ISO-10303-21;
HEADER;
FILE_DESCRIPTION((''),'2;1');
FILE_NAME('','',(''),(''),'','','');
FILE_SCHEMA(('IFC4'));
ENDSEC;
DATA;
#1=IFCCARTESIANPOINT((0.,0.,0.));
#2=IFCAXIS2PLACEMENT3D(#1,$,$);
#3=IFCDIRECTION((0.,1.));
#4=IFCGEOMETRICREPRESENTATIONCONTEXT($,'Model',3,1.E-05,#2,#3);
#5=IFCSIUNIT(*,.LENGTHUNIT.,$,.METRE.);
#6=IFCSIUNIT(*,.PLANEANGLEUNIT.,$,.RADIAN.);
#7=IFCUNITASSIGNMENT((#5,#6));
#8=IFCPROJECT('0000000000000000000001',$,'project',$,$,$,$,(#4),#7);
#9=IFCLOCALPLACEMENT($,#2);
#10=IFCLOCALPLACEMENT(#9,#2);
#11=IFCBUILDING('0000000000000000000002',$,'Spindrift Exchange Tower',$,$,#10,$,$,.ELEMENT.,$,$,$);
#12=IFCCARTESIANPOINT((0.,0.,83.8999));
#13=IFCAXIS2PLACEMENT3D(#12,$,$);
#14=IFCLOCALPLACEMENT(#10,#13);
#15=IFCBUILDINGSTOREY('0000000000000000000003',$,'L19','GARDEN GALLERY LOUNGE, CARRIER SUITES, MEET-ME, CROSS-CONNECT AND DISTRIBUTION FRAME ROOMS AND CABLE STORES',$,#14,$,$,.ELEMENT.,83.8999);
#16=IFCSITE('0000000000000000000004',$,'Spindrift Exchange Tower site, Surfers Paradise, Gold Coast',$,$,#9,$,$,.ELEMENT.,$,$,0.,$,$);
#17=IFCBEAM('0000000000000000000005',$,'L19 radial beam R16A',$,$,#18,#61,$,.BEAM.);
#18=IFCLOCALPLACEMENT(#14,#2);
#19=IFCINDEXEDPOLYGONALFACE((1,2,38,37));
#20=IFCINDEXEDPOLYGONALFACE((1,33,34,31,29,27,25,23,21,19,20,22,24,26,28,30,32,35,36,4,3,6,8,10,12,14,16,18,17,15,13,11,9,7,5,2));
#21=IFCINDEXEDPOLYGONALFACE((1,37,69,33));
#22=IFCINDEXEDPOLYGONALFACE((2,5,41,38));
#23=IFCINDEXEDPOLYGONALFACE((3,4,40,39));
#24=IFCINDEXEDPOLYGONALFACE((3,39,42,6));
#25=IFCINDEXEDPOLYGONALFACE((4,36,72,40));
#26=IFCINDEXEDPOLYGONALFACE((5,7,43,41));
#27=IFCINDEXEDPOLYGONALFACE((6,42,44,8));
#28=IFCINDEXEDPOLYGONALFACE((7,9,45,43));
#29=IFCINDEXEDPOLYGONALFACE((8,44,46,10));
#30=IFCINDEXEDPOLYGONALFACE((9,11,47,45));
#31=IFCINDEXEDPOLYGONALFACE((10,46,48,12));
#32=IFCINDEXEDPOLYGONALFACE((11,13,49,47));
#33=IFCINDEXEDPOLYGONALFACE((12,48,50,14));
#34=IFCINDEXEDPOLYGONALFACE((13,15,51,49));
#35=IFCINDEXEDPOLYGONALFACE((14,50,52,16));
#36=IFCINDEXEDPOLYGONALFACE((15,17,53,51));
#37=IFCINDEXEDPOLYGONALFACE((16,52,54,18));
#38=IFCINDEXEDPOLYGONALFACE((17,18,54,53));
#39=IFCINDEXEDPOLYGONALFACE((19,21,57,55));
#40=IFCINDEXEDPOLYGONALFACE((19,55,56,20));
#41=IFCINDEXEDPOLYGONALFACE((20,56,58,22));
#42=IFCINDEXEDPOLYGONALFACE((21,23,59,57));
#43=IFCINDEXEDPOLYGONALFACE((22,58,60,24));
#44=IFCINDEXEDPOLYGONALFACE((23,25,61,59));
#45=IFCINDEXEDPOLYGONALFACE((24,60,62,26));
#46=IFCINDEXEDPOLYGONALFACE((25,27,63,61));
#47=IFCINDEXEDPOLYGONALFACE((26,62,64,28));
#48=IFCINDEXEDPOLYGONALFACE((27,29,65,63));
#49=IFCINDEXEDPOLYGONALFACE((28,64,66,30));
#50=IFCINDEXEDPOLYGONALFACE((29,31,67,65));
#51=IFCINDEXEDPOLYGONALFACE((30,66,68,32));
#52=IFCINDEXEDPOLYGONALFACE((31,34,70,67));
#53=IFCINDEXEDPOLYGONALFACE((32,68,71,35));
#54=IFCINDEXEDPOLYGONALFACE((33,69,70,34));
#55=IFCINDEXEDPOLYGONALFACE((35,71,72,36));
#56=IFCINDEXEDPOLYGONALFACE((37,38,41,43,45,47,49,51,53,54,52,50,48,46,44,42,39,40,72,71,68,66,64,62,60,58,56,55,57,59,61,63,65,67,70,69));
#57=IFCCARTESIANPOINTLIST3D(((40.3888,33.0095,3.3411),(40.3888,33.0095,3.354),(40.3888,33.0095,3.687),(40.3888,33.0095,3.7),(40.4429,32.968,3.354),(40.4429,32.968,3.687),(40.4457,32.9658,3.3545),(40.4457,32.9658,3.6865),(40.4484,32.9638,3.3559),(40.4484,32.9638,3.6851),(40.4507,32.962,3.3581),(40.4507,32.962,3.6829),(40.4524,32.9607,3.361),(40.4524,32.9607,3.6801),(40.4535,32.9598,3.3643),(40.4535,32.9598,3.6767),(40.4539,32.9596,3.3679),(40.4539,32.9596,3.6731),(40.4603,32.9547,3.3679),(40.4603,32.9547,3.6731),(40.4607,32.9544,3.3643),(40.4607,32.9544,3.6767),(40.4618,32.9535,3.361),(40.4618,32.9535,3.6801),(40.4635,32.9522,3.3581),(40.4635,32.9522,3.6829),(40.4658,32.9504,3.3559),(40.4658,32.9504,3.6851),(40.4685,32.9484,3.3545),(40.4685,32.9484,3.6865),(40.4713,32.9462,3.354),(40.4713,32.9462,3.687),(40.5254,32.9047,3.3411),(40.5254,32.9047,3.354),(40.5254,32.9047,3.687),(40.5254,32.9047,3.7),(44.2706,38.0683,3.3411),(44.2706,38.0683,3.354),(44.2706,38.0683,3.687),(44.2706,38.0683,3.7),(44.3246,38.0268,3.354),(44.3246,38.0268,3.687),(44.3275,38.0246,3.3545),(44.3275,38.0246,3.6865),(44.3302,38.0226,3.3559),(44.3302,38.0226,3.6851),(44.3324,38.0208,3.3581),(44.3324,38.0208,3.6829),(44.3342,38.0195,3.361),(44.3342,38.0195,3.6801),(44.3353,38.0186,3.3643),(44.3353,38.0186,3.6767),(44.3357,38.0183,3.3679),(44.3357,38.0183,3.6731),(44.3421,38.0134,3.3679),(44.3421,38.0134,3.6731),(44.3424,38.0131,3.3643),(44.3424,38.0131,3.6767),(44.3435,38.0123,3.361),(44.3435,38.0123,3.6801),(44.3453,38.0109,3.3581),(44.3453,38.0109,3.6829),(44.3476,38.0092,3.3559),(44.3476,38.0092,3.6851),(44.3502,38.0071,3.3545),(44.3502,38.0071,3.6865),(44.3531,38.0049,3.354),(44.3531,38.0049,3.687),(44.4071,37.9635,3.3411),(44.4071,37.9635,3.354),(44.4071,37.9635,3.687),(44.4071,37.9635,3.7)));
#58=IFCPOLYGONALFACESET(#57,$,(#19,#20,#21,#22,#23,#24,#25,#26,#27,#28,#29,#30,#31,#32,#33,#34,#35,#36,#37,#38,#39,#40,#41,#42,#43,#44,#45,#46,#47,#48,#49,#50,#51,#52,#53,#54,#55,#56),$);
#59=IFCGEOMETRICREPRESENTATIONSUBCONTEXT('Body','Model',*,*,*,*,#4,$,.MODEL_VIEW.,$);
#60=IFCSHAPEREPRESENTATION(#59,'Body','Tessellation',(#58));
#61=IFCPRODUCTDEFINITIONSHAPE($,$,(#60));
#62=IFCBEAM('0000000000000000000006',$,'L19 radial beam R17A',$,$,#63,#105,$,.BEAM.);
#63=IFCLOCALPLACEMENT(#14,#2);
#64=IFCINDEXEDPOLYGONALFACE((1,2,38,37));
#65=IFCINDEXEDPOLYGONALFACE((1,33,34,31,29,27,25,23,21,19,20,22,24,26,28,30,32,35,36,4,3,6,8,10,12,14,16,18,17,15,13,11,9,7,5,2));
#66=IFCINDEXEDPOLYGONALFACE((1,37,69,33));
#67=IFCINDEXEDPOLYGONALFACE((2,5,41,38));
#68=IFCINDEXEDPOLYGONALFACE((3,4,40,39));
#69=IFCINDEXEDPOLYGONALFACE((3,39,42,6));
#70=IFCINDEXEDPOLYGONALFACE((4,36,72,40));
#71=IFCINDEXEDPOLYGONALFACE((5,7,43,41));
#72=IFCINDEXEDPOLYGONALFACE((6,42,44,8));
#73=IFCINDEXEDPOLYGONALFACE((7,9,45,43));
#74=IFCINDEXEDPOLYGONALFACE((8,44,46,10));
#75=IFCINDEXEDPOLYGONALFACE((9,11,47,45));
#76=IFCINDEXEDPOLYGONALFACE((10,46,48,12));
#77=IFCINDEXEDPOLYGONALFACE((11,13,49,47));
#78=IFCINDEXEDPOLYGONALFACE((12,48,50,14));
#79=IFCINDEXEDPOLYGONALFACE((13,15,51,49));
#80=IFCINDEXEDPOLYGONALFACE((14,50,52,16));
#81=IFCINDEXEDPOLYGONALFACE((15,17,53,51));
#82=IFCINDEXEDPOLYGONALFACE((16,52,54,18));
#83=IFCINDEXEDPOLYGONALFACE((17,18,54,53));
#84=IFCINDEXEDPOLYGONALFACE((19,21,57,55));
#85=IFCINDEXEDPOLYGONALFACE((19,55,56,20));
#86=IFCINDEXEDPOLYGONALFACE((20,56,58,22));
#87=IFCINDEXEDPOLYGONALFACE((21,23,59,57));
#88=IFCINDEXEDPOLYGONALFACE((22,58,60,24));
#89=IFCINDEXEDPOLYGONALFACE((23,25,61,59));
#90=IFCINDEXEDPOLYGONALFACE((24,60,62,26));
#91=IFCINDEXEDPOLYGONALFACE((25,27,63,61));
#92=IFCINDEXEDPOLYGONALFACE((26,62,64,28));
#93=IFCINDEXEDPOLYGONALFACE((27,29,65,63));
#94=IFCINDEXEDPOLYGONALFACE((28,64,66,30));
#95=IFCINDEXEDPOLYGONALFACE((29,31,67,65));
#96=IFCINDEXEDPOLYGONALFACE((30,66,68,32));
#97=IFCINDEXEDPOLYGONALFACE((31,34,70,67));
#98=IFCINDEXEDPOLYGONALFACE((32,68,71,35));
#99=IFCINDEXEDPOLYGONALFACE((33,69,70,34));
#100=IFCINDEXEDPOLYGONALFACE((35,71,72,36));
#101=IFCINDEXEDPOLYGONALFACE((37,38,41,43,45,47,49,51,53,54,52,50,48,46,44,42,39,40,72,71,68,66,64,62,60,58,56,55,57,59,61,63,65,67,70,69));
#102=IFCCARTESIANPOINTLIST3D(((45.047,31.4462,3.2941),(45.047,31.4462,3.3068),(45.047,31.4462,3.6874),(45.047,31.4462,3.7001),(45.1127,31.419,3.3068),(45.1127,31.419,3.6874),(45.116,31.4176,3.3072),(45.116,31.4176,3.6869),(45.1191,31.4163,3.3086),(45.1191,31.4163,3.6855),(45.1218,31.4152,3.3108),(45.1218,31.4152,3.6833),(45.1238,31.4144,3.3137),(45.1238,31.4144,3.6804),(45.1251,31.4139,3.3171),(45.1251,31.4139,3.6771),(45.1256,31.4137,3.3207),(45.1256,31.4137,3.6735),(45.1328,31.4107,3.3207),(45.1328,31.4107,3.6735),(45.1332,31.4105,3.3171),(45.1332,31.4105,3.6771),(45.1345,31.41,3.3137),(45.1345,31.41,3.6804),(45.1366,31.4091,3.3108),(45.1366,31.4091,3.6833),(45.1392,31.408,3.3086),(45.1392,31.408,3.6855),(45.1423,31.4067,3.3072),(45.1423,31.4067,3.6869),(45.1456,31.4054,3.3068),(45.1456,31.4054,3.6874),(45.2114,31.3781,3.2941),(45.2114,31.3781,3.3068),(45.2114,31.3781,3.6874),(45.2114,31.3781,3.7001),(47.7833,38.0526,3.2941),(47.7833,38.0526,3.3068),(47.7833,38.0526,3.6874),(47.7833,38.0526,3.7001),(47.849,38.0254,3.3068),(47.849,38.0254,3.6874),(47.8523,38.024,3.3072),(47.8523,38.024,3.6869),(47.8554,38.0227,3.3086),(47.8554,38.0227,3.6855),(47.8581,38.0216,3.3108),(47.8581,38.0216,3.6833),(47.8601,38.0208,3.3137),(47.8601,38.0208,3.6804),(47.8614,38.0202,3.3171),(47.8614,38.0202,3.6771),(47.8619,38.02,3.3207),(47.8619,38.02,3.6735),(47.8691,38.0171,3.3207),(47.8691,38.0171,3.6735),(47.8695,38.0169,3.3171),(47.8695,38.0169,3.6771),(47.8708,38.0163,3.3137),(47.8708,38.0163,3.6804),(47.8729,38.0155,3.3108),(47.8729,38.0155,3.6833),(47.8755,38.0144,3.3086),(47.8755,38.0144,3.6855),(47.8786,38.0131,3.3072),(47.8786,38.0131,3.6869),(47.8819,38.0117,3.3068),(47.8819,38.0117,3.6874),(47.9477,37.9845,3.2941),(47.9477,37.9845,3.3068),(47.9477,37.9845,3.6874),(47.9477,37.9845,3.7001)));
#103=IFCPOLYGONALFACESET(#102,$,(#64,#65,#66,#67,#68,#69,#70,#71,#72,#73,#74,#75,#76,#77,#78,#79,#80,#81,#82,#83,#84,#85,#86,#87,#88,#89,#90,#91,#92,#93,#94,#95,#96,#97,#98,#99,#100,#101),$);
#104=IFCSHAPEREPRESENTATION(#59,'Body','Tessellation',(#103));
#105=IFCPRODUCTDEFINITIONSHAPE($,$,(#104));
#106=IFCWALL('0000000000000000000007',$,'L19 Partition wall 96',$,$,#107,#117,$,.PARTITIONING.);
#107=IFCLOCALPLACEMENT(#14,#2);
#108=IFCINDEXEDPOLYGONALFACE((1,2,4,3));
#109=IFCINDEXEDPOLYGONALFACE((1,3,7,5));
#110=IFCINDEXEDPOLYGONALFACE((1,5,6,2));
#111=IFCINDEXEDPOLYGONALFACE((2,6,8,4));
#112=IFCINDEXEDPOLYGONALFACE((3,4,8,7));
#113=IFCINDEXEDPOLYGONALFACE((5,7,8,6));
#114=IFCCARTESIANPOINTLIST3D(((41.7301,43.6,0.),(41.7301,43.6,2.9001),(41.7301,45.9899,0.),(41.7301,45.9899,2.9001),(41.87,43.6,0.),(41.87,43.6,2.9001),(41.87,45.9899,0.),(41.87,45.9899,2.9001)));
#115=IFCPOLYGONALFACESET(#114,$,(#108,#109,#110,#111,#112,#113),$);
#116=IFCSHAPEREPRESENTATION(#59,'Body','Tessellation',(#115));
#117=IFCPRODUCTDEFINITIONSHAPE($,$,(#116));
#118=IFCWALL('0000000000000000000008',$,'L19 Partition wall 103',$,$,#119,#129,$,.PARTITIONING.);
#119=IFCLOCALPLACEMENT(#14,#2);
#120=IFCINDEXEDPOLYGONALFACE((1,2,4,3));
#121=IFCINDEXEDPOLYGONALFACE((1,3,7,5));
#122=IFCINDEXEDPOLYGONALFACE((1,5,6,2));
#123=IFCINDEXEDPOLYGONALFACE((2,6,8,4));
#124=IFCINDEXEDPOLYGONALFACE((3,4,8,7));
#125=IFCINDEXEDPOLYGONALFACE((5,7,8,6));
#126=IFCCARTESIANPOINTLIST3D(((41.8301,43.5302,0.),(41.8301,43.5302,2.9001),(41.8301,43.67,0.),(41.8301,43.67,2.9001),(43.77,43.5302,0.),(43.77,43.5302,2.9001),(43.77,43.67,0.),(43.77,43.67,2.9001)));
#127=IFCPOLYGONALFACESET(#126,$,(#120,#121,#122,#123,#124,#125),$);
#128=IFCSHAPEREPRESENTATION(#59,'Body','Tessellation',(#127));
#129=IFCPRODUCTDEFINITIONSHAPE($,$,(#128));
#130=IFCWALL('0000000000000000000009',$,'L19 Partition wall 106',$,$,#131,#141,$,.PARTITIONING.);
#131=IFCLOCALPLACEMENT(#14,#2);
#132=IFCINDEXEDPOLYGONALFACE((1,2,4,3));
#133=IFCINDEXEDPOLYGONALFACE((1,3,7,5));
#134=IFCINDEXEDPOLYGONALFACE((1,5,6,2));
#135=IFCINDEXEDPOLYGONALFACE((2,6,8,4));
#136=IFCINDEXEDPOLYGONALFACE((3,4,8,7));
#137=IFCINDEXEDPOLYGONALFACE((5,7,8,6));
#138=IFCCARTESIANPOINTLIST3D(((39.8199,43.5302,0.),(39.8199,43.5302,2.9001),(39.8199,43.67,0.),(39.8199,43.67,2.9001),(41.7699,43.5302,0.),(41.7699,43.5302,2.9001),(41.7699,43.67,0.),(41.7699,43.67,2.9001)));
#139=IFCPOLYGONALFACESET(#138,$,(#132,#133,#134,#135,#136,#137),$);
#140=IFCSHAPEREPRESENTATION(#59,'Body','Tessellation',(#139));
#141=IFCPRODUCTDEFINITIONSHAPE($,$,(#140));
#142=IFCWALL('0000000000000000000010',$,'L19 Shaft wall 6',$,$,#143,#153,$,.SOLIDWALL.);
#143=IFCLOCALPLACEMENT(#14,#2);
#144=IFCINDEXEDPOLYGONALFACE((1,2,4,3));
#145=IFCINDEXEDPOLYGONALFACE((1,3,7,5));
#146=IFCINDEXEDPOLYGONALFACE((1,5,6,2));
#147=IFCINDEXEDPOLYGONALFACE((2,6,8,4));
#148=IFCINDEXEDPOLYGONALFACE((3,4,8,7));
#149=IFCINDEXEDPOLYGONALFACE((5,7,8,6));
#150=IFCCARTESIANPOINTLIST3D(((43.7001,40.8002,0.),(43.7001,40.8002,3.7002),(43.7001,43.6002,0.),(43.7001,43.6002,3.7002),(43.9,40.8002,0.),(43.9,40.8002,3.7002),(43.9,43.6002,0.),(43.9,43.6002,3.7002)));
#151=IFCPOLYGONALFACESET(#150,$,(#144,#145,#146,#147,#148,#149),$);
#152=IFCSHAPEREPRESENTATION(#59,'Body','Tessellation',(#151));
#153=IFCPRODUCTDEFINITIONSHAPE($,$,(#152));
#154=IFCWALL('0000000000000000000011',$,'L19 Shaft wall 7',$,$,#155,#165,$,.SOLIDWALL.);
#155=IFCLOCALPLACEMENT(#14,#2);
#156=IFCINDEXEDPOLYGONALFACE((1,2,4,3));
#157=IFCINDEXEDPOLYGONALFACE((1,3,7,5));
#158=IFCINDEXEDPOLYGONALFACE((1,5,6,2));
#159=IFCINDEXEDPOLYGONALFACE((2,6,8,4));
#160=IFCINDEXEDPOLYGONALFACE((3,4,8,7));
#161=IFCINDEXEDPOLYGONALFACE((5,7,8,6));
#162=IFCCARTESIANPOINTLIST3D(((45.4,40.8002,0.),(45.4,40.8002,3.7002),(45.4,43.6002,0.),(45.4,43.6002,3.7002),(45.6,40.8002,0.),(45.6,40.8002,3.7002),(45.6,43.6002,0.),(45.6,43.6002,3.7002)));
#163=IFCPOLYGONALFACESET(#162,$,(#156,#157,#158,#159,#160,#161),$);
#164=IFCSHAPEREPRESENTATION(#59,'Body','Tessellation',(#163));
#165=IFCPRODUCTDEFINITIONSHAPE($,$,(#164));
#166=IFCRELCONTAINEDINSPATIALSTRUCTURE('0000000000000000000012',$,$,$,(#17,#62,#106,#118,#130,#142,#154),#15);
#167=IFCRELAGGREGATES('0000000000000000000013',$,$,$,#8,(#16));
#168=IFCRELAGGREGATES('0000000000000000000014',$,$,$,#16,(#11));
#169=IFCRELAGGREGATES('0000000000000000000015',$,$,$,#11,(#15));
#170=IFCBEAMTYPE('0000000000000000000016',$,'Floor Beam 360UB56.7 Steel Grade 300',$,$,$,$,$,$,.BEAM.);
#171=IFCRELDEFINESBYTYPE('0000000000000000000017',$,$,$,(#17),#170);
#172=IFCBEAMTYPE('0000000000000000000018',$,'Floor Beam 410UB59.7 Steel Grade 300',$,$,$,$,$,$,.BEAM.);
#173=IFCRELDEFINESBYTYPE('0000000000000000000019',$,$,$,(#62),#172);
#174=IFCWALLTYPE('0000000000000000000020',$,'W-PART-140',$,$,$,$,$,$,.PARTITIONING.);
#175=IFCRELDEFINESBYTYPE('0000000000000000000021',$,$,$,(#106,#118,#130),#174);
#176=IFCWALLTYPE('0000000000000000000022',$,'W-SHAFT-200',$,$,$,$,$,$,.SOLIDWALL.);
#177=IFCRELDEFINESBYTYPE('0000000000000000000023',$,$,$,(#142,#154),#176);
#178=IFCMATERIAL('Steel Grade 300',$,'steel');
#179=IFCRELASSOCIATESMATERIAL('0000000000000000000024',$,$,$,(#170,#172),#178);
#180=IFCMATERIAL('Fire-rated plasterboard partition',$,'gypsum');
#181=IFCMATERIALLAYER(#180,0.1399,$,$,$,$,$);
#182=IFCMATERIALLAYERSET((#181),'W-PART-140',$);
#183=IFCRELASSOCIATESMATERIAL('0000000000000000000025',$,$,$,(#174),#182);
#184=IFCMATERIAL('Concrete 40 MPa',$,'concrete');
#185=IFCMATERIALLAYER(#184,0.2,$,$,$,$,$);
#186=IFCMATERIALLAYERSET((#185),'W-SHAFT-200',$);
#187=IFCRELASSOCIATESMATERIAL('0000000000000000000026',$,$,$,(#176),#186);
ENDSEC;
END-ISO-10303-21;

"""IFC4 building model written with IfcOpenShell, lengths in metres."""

from ifc_helpers import new_model, si_unit, direction, frame, frame_2d, origin, origin_2d, place, context, subcontext, project, spatial, rectangle, i_section, extrude, source, transform, mapped, material, layer, layer_set, material_profile, profile_set, type_object, element, save


model = new_model("IFC4")

# Units and contexts
model_context = context("Model", 3, precision=1e-05, world=origin(), true_north=direction((0.0, 1.0)))
body_context = subcontext(model_context, "Body", "Model", "MODEL_VIEW")
ifc_project = project(units=[si_unit("LENGTHUNIT", "METRE"), si_unit("PLANEANGLEUNIT", "RADIAN")], contexts=[model_context])

# Site, building, storey
site_placement = place(None, origin())
site = spatial("IfcSite", under=ifc_project, at=site_placement, Name="Spindrift Exchange Tower site, Surfers Paradise, Gold Coast", CompositionType="ELEMENT", RefElevation=0.0)
building_placement = place(site_placement, origin())
building = spatial("IfcBuilding", under=site, at=building_placement, Name="Spindrift Exchange Tower", CompositionType="ELEMENT")
storey_placement = place(building_placement, frame((0.0, 0.0, 83.8999)))
storey = spatial("IfcBuildingStorey", under=building, at=storey_placement, Name="L19", Description="GARDEN GALLERY LOUNGE, CARRIER SUITES, MEET-ME, CROSS-CONNECT AND DISTRIBUTION FRAME ROOMS AND CABLE STORES", CompositionType="ELEMENT", Elevation=83.8999)

# Beams
ifc_material_1 = material(Name="Steel Grade 300", Category="steel")
ifc_material_profile_1 = material_profile(ifc_material_1, i_section(OverallWidth=0.1721, OverallDepth=0.3589, WebThickness=0.0081, FlangeThickness=0.0129, FilletRadius=0.0139, at=origin_2d()), Name="360UB56.7")
ifc_profile_set_1 = profile_set([ifc_material_profile_1], Name="Steel Grade 300")
beam_type_1 = type_object("IfcBeamType", Name="Floor Beam 360UB56.7 Steel Grade 300", PredefinedType="BEAM", material=ifc_profile_set_1)
shared_shape_1 = source(origin(), body_context, "Body", "SweptSolid", [
    extrude(i_section(OverallWidth=0.1721, OverallDepth=0.3589, WebThickness=0.0081, FlangeThickness=0.0129, FilletRadius=0.0139, at=origin_2d()), origin(), (0.0, 0.0, 1.0), 6.3765),
])
beam_1_placement = place(storey_placement, frame((44.3389, 38.0159, 3.5205), z_axis=(-0.608767, -0.793349, 0.0), x_axis=(0.793349, -0.608767, 0.0)))
element("IfcBeam", 1, at=beam_1_placement, inside=storey, type_object=beam_type_1, Name="L19 radial beam R16A", PredefinedType="BEAM", context=body_context, shape_type="MappedRepresentation", body=[
    mapped(shared_shape_1, transform((0.0, 0.0, 0.0), scale=1.0)),
])
ifc_material_profile_2 = material_profile(ifc_material_1, i_section(OverallWidth=0.178, OverallDepth=0.406, WebThickness=0.0078, FlangeThickness=0.0127, FilletRadius=0.0139, at=origin_2d()), Name="410UB59.7")
ifc_profile_set_2 = profile_set([ifc_material_profile_2], Name="Steel Grade 300")
beam_type_2 = type_object("IfcBeamType", Name="Floor Beam 410UB59.7 Steel Grade 300", PredefinedType="BEAM", material=ifc_profile_set_2)
shared_shape_2 = source(origin(), body_context, "Body", "SweptSolid", [
    extrude(i_section(OverallWidth=0.178, OverallDepth=0.406, WebThickness=0.0078, FlangeThickness=0.0127, FilletRadius=0.0139, at=origin_2d()), origin(), (0.0, 0.0, 1.0), 7.1506),
])
beam_2_placement = place(storey_placement, frame((47.8655, 38.0186, 3.4971), z_axis=(-0.382665, -0.923887, 0.0), x_axis=(0.923887, -0.382665, 0.0)))
element("IfcBeam", 2, at=beam_2_placement, inside=storey, type_object=beam_type_2, Name="L19 radial beam R17A", PredefinedType="BEAM", context=body_context, shape_type="MappedRepresentation", body=[
    mapped(shared_shape_2, transform((0.0, 0.0, 0.0), scale=1.0)),
])

# Walls
ifc_material_2 = material(Name="Fire-rated plasterboard partition", Category="gypsum")
ifc_layer_1 = layer(ifc_material_2, 0.1399)
ifc_layer_set_1 = layer_set([ifc_layer_1], Name="W-PART-140")
wall_type_1 = type_object("IfcWallType", Name="W-PART-140", PredefinedType="PARTITIONING", material=ifc_layer_set_1)
wall_1_placement = place(storey_placement, frame((41.8, 43.6001, 0.0), z_axis=(0.0, 0.0, 1.0), x_axis=(0.0, 1.0, 0.0)))
element("IfcWall", 3, at=wall_1_placement, inside=storey, type_object=wall_type_1, Name="L19 Partition wall 96", PredefinedType="PARTITIONING", context=body_context, shape_type="SweptSolid", body=[
    extrude(rectangle(XDim=2.3899, YDim=0.1399, at=frame_2d((1.1948, 0.0))), origin(), (0.0, 0.0, 1.0), 2.9001),
])
wall_2_placement = place(storey_placement, frame((43.77, 43.6001, 0.0), z_axis=(0.0, 0.0, 1.0), x_axis=(-1.0, 0.0, 0.0)))
element("IfcWall", 4, at=wall_2_placement, inside=storey, type_object=wall_type_1, Name="L19 Partition wall 103", PredefinedType="PARTITIONING", context=body_context, shape_type="SweptSolid", body=[
    extrude(rectangle(XDim=1.9399, YDim=0.1399, at=frame_2d((0.97, 0.0))), origin(), (0.0, 0.0, 1.0), 2.9001),
])
wall_3_placement = place(storey_placement, frame((41.77, 43.6001, 0.0), z_axis=(0.0, 0.0, 1.0), x_axis=(-1.0, 0.0, 0.0)))
element("IfcWall", 5, at=wall_3_placement, inside=storey, type_object=wall_type_1, Name="L19 Partition wall 106", PredefinedType="PARTITIONING", context=body_context, shape_type="SweptSolid", body=[
    extrude(rectangle(XDim=1.95, YDim=0.1399, at=frame_2d((0.9751, 0.0))), origin(), (0.0, 0.0, 1.0), 2.9001),
])
ifc_material_3 = material(Name="Concrete 40 MPa", Category="concrete")
ifc_layer_2 = layer(ifc_material_3, 0.2)
ifc_layer_set_2 = layer_set([ifc_layer_2], Name="W-SHAFT-200")
wall_type_2 = type_object("IfcWallType", Name="W-SHAFT-200", PredefinedType="SOLIDWALL", material=ifc_layer_set_2)
for number, where, z_axis, x_axis, name in (
    (6, (43.8, 43.6001, 0.0), (0.0, 0.0, 1.0), (0.0, -1.0, 0.0), "L19 Shaft wall 6"),
    (7, (45.5, 43.6001, 0.0), (0.0, 0.0, 1.0), (0.0, -1.0, 0.0), "L19 Shaft wall 7"),
):
    element("IfcWall", number, at=place(storey_placement, frame(where, z_axis=z_axis, x_axis=x_axis)), inside=storey, type_object=wall_type_2, Name=name, PredefinedType="SOLIDWALL", context=body_context, shape_type="SweptSolid", body=[
        extrude(rectangle(XDim=2.8, YDim=0.2, at=frame_2d((1.3999, 0.0))), origin(), (0.0, 0.0, 1.0), 3.7002),
    ])

save(model, "model.ifc")
